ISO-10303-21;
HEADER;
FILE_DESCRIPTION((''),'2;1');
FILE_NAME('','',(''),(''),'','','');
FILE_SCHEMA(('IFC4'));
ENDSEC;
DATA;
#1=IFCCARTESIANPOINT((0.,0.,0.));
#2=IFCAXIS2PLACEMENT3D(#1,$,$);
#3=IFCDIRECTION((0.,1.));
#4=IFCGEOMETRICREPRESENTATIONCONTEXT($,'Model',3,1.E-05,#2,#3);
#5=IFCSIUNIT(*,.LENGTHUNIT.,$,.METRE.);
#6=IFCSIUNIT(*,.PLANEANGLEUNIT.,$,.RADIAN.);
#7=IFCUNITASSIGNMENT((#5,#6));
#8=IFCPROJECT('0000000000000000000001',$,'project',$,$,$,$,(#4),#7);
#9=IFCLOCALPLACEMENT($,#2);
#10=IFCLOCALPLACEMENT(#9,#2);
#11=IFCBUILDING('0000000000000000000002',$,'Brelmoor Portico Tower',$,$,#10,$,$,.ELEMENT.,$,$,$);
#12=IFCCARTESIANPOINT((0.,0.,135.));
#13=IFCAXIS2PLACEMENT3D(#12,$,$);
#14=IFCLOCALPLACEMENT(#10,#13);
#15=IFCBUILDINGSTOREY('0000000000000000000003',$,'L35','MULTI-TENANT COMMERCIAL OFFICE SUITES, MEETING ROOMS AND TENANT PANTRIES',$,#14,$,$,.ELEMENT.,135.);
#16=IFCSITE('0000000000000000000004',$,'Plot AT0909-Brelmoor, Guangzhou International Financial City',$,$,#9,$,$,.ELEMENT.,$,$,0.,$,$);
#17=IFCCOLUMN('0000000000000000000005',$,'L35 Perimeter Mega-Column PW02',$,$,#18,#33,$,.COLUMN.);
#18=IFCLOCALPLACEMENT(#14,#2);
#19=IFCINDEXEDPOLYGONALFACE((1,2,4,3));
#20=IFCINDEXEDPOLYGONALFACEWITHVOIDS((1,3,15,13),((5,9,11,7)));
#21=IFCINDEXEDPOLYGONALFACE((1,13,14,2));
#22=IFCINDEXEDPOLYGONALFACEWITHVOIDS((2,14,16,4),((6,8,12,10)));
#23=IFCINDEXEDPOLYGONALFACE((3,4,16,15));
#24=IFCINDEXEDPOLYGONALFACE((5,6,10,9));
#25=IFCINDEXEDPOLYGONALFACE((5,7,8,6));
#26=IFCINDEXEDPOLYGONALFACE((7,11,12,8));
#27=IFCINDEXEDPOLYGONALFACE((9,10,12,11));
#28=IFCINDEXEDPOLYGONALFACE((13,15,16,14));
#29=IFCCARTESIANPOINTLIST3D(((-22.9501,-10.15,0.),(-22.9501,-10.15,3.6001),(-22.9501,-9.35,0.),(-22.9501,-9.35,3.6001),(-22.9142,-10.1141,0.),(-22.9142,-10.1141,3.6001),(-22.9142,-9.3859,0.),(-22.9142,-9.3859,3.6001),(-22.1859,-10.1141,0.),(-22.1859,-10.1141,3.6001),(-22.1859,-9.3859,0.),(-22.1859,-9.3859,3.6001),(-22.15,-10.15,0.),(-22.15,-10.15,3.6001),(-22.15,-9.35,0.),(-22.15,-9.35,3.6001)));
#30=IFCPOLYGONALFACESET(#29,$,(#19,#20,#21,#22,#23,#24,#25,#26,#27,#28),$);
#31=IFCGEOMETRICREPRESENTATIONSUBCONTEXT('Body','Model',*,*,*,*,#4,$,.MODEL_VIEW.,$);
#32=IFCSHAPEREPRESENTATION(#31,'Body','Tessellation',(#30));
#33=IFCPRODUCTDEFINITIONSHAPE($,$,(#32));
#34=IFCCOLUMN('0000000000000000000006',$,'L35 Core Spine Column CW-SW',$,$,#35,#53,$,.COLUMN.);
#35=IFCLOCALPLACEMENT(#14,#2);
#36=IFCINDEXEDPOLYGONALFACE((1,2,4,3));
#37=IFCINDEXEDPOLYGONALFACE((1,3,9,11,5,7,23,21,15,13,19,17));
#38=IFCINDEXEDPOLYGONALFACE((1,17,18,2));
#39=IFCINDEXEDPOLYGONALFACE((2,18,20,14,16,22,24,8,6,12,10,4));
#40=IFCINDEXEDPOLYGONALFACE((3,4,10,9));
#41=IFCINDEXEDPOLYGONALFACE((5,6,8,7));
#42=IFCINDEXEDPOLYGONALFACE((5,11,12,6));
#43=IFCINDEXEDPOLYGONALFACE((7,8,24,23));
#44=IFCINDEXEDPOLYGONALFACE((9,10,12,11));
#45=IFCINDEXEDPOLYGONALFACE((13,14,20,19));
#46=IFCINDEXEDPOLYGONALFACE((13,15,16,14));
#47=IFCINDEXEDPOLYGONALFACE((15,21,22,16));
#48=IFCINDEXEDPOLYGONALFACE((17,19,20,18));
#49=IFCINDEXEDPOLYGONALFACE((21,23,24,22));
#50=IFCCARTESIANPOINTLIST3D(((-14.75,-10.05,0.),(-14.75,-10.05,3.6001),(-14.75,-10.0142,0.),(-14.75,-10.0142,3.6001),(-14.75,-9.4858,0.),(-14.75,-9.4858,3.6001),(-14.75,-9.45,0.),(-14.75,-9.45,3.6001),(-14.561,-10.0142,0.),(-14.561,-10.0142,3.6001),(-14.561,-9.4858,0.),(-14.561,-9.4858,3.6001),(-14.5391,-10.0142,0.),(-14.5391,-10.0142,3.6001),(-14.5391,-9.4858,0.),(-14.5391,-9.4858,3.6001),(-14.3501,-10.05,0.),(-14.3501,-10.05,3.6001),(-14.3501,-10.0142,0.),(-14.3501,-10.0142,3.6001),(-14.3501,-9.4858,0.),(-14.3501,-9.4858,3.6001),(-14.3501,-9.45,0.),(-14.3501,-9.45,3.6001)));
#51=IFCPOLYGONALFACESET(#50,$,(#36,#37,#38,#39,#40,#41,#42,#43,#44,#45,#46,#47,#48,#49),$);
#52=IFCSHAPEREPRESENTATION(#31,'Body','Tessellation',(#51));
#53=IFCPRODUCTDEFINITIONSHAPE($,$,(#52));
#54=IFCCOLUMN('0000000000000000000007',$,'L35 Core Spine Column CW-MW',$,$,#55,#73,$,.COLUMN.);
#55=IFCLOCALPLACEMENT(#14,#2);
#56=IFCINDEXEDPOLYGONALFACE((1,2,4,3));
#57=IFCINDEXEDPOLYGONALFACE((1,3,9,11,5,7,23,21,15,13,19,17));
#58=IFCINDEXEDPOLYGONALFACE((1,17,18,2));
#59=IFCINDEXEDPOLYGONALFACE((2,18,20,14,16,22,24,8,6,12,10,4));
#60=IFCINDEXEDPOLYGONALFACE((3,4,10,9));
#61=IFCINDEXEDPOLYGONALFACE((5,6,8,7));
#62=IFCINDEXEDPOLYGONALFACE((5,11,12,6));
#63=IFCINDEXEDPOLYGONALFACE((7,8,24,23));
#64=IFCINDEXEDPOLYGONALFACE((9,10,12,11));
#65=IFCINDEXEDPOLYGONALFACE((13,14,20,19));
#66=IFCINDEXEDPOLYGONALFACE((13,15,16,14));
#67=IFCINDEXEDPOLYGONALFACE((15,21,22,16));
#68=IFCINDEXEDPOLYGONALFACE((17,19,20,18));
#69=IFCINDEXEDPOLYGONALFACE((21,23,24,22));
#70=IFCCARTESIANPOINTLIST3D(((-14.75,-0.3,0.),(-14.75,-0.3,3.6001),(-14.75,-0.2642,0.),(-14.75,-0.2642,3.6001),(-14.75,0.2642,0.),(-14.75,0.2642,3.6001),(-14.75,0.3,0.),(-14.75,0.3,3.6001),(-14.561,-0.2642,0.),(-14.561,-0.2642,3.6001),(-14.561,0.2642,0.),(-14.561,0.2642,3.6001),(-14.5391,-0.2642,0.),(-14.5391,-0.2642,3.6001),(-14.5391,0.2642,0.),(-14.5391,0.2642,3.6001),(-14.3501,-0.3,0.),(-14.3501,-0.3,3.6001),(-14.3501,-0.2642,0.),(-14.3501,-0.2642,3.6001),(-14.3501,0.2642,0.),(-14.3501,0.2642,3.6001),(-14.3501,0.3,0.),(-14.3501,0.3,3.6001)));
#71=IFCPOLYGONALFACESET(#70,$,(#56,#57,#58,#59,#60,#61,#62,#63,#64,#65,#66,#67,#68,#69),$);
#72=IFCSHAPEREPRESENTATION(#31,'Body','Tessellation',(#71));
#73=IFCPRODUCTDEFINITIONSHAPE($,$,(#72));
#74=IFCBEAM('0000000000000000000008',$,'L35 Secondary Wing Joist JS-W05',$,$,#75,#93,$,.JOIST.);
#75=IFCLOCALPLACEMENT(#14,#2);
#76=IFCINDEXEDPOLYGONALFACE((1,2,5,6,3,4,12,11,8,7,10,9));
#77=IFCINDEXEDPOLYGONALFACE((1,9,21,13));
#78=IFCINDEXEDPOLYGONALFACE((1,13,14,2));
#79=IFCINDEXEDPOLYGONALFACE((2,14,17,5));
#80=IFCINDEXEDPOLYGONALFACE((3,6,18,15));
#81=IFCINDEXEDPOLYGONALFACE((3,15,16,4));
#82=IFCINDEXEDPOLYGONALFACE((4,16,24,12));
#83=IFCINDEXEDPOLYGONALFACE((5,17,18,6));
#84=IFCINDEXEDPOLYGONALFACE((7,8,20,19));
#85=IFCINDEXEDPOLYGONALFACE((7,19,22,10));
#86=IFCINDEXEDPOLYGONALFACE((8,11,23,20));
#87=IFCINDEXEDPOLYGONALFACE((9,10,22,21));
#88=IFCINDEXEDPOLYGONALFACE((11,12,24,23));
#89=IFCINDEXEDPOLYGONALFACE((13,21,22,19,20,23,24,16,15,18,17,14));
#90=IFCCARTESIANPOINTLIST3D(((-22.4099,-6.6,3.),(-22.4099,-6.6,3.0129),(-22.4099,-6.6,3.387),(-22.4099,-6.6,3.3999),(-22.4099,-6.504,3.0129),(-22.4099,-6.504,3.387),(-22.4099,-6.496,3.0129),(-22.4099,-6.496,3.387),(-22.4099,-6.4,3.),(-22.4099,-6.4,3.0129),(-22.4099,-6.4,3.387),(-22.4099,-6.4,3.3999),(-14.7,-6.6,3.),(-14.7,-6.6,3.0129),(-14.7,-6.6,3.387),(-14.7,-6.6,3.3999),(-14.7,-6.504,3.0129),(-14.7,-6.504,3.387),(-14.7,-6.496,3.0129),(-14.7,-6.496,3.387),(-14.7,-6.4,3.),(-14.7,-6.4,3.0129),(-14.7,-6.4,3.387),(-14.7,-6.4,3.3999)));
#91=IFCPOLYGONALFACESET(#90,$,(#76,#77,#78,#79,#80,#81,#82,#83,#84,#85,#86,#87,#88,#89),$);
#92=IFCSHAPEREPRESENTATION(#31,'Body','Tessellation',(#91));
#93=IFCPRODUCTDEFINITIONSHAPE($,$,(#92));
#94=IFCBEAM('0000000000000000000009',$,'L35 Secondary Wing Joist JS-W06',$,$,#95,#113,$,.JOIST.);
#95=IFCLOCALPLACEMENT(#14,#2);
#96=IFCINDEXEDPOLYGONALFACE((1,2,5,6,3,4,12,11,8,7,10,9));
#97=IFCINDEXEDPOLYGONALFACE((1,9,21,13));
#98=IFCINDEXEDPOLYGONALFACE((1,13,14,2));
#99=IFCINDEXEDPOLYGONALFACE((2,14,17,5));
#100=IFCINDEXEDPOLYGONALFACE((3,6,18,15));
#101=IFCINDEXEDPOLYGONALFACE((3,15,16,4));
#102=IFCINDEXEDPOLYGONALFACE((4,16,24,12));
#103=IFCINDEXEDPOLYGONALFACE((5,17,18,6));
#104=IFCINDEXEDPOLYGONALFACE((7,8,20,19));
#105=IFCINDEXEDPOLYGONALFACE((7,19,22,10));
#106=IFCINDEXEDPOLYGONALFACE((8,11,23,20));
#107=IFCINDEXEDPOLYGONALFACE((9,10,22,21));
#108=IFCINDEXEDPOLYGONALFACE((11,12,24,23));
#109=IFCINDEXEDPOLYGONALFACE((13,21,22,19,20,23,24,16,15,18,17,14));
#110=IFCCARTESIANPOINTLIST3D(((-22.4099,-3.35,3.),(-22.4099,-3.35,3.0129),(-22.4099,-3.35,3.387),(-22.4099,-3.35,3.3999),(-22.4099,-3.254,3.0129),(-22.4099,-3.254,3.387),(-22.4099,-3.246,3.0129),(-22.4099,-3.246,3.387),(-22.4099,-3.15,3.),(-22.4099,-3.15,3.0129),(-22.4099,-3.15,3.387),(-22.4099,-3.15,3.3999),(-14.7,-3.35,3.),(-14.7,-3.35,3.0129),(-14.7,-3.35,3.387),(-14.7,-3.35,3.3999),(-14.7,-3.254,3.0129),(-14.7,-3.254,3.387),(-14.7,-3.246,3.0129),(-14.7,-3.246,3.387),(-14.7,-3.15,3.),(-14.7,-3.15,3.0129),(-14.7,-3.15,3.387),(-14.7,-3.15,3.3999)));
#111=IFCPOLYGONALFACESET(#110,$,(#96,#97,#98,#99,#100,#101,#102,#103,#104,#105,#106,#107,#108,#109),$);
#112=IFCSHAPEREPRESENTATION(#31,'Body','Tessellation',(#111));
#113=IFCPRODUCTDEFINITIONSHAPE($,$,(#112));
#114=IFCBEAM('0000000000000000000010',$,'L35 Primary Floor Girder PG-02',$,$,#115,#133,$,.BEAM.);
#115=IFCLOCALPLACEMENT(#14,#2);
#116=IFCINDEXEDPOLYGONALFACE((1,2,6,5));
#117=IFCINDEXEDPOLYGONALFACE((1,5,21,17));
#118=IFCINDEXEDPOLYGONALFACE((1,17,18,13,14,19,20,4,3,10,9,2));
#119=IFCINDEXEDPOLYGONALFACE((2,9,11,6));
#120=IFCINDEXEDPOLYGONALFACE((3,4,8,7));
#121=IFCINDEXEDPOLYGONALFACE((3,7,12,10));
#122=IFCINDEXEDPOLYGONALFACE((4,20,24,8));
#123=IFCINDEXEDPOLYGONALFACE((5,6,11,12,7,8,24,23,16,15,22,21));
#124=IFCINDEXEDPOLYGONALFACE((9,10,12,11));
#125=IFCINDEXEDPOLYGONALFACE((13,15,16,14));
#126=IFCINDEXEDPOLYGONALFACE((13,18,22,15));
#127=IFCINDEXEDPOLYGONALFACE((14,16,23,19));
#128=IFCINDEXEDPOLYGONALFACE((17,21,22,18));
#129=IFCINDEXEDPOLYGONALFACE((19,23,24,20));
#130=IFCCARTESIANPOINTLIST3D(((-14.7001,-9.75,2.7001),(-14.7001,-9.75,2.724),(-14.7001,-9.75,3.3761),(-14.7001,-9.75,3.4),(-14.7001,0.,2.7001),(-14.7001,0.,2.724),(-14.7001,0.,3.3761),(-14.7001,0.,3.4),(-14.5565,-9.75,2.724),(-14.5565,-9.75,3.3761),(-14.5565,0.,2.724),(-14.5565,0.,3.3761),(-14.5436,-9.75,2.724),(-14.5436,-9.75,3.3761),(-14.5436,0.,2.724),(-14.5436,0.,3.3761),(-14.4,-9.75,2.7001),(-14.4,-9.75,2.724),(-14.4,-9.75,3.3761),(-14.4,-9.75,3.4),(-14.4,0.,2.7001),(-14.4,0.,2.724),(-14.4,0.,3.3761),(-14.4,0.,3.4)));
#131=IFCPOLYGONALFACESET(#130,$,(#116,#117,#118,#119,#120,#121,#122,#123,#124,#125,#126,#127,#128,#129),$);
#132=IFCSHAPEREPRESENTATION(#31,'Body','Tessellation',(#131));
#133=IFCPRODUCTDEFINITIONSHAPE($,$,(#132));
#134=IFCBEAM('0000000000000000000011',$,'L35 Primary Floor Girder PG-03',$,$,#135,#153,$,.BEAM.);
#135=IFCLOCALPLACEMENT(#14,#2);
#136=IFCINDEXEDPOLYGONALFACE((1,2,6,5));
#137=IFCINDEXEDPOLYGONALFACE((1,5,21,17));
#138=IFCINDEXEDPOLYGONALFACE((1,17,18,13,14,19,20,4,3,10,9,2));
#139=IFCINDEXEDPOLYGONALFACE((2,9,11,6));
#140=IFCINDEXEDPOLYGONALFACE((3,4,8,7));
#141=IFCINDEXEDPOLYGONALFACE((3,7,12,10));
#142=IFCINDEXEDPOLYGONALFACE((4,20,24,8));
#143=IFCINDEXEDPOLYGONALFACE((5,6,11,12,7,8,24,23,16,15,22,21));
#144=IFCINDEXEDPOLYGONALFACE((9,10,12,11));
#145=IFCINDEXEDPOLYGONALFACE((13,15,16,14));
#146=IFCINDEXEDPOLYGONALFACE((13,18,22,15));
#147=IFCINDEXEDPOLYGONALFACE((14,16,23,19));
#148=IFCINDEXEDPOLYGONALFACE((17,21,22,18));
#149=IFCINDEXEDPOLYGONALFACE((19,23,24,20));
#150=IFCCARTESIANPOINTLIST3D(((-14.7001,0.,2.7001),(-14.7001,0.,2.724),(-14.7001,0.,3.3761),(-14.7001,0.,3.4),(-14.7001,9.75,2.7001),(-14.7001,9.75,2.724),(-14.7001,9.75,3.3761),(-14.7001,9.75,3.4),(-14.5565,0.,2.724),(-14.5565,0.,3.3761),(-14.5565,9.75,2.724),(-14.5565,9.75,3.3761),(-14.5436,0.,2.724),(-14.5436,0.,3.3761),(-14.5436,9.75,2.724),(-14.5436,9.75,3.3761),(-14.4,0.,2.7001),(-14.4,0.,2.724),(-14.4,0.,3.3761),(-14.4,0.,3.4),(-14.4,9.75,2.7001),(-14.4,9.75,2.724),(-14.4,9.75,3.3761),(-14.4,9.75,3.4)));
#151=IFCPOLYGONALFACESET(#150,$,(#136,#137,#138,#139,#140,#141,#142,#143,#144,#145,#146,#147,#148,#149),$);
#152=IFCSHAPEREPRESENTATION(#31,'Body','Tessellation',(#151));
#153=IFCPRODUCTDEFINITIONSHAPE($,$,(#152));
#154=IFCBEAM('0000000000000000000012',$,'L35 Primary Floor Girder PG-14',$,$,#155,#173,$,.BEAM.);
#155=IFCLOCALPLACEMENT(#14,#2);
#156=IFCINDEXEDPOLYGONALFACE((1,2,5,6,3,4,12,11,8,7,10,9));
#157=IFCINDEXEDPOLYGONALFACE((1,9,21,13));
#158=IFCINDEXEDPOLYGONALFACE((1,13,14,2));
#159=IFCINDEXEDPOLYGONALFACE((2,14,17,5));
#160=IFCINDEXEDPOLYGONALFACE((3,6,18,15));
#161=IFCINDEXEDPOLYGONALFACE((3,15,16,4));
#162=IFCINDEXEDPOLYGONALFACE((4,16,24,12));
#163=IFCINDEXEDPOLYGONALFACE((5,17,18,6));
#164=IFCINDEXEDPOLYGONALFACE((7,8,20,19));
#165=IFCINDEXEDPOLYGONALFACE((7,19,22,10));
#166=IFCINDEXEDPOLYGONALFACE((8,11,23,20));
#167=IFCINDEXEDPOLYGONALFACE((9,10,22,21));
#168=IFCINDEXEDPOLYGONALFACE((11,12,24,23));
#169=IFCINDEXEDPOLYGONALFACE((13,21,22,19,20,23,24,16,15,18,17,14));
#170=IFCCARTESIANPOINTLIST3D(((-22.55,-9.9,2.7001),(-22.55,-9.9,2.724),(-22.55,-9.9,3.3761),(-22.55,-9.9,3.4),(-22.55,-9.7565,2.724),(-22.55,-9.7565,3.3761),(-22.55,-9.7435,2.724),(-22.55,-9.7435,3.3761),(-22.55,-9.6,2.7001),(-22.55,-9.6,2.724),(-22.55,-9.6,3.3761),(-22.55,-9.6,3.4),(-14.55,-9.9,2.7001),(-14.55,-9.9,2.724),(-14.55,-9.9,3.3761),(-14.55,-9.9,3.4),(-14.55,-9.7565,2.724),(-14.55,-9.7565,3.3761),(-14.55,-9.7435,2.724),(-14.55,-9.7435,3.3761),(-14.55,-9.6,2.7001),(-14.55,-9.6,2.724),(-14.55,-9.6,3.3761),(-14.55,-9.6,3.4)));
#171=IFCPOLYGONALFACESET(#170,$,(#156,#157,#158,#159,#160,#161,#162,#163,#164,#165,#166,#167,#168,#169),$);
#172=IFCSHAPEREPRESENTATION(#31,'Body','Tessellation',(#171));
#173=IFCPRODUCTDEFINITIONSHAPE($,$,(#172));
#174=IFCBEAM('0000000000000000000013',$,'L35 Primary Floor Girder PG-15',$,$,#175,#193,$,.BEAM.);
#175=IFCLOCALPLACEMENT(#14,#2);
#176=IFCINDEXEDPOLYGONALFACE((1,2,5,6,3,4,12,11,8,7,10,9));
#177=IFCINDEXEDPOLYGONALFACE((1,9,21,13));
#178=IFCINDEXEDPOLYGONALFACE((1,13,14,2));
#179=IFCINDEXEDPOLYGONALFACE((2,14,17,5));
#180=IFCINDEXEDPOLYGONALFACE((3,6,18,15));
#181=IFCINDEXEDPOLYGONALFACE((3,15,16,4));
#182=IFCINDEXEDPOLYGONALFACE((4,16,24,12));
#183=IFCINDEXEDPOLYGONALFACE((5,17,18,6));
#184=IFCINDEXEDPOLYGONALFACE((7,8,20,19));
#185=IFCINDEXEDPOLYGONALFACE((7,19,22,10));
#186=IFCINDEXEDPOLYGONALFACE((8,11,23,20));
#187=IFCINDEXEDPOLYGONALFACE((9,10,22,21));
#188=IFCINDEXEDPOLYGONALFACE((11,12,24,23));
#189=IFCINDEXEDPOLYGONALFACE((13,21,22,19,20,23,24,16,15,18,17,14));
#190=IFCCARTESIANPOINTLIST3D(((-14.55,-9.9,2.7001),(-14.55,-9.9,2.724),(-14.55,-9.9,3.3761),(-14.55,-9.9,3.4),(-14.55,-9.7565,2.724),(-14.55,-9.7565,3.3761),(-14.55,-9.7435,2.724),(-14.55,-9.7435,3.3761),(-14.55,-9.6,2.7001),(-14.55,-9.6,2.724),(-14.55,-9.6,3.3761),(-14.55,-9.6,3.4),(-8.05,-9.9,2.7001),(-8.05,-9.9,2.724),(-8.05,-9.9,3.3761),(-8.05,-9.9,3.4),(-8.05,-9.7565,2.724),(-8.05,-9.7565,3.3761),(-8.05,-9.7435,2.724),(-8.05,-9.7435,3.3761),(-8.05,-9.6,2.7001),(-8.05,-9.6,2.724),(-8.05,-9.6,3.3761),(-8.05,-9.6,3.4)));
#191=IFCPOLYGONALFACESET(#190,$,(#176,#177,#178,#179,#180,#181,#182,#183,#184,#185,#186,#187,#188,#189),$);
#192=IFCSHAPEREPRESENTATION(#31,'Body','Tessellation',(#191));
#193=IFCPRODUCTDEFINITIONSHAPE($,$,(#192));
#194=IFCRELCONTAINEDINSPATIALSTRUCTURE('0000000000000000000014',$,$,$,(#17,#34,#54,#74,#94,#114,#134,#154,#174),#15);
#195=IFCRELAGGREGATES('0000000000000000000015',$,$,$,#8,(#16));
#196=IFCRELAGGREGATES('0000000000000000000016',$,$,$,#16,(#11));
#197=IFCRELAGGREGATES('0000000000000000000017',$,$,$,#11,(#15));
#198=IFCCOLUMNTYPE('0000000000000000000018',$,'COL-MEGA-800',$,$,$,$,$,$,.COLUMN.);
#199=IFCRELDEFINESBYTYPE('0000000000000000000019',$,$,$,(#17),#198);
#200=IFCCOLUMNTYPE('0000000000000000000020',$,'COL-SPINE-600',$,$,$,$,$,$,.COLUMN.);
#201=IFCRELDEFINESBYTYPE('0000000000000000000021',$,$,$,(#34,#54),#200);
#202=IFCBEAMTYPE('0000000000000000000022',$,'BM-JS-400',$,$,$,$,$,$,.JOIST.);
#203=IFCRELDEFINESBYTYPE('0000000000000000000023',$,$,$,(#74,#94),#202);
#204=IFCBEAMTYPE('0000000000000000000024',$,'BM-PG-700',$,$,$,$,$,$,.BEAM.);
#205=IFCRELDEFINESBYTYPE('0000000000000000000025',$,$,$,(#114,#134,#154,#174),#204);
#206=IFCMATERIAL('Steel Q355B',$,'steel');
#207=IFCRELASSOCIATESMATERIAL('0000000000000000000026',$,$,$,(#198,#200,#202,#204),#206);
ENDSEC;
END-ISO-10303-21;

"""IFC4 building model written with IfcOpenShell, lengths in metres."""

from ifc_helpers import new_model, si_unit, direction, frame, origin, origin_2d, place, context, subcontext, project, spatial, hollow_rectangle, i_section, extrude, material, material_profile, profile_set, type_object, element, save


model = new_model("IFC4")

# Units and contexts
model_context = context("Model", 3, precision=1e-05, world=origin(), true_north=direction((0.0, 1.0)))
body_context = subcontext(model_context, "Body", "Model", "MODEL_VIEW")
ifc_project = project(units=[si_unit("LENGTHUNIT", "METRE"), si_unit("PLANEANGLEUNIT", "RADIAN")], contexts=[model_context])

# Site, building, storey
site_placement = place(None, origin())
site = spatial("IfcSite", under=ifc_project, at=site_placement, Name="Plot AT0909-Brelmoor, Guangzhou International Financial City", CompositionType="ELEMENT", RefElevation=0.0)
building_placement = place(site_placement, origin())
building = spatial("IfcBuilding", under=site, at=building_placement, Name="Brelmoor Portico Tower", CompositionType="ELEMENT")
storey_placement = place(building_placement, frame((0.0, 0.0, 135.0)))
storey = spatial("IfcBuildingStorey", under=building, at=storey_placement, Name="L35", Description="MULTI-TENANT COMMERCIAL OFFICE SUITES, MEETING ROOMS AND TENANT PANTRIES", CompositionType="ELEMENT", Elevation=135.0)

# Columns
ifc_material_1 = material(Name="Steel Q355B", Category="steel")
ifc_material_profile_1 = material_profile(ifc_material_1, hollow_rectangle(XDim=0.8, YDim=0.8, WallThickness=0.0359, at=origin_2d()), Name="BOX 800x800x36")
ifc_profile_set_1 = profile_set([ifc_material_profile_1], Name="Steel Q355B")
column_type_1 = type_object("IfcColumnType", Name="COL-MEGA-800", PredefinedType="COLUMN", material=ifc_profile_set_1)
column_placement = place(storey_placement, frame((-22.55, -9.75, 0.0), z_axis=(0.0, 0.0, 1.0), x_axis=(0.0, 1.0, 0.0)))
element("IfcColumn", 1, at=column_placement, inside=storey, type_object=column_type_1, Name="L35 Perimeter Mega-Column PW02", PredefinedType="COLUMN", context=body_context, shape_type="SweptSolid", body=[
    extrude(hollow_rectangle(XDim=0.8, YDim=0.8, WallThickness=0.0359, at=origin_2d()), origin(), (0.0, 0.0, 1.0), 3.6001),
])
ifc_material_profile_2 = material_profile(ifc_material_1, i_section(OverallWidth=0.3999, OverallDepth=0.6001, WebThickness=0.022, FlangeThickness=0.0359, at=origin_2d()), Name="HW 600x400x22x36")
ifc_profile_set_2 = profile_set([ifc_material_profile_2], Name="Steel Q355B")
column_type_2 = type_object("IfcColumnType", Name="COL-SPINE-600", PredefinedType="COLUMN", material=ifc_profile_set_2)
for number, where, z_axis, x_axis, name in (
    (2, (-14.55, -9.75, 0.0), (0.0, 0.0, 1.0), (1.0, 0.0, 0.0), "L35 Core Spine Column CW-SW"),
    (3, (-14.55, 0.0, 0.0), (0.0, 0.0, 1.0), (1.0, 0.0, 0.0), "L35 Core Spine Column CW-MW"),
):
    element("IfcColumn", number, at=place(storey_placement, frame(where, z_axis=z_axis, x_axis=x_axis)), inside=storey, type_object=column_type_2, Name=name, PredefinedType="COLUMN", context=body_context, shape_type="SweptSolid", body=[
        extrude(i_section(OverallWidth=0.3999, OverallDepth=0.6001, WebThickness=0.022, FlangeThickness=0.0359, at=origin_2d()), origin(), (0.0, 0.0, 1.0), 3.6001),
    ])

# Beams
ifc_material_profile_3 = material_profile(ifc_material_1, i_section(OverallWidth=0.2, OverallDepth=0.3999, WebThickness=0.0081, FlangeThickness=0.0129, at=origin_2d()), Name="HN 400x200x8x13")
ifc_profile_set_3 = profile_set([ifc_material_profile_3], Name="Steel Q355B")
beam_type_1 = type_object("IfcBeamType", Name="BM-JS-400", PredefinedType="JOIST", material=ifc_profile_set_3)
for number, where, z_axis, x_axis, name in (
    (4, (-22.4099, -6.5, 3.2), (1.0, 0.0, 0.0), (0.0, 1.0, 0.0), "L35 Secondary Wing Joist JS-W05"),
    (5, (-22.4099, -3.25, 3.2), (1.0, 0.0, 0.0), (0.0, 1.0, 0.0), "L35 Secondary Wing Joist JS-W06"),
):
    element("IfcBeam", number, at=place(storey_placement, frame(where, z_axis=z_axis, x_axis=x_axis)), inside=storey, type_object=beam_type_1, Name=name, PredefinedType="JOIST", context=body_context, shape_type="SweptSolid", body=[
        extrude(i_section(OverallWidth=0.2, OverallDepth=0.3999, WebThickness=0.0081, FlangeThickness=0.0129, at=origin_2d()), origin(), (0.0, 0.0, 1.0), 7.71),
    ])
ifc_material_profile_4 = material_profile(ifc_material_1, i_section(OverallWidth=0.3, OverallDepth=0.7, WebThickness=0.0129, FlangeThickness=0.0239, at=origin_2d()), Name="HN 700x300x13x24")
ifc_profile_set_4 = profile_set([ifc_material_profile_4], Name="Steel Q355B")
beam_type_2 = type_object("IfcBeamType", Name="BM-PG-700", PredefinedType="BEAM", material=ifc_profile_set_4)
for number, where, z_axis, x_axis, name in (
    (6, (-14.55, -9.75, 3.05), (0.0, 1.0, 0.0), (-1.0, 0.0, 0.0), "L35 Primary Floor Girder PG-02"),
    (7, (-14.55, 0.0, 3.05), (0.0, 1.0, 0.0), (-1.0, 0.0, 0.0), "L35 Primary Floor Girder PG-03"),
):
    element("IfcBeam", number, at=place(storey_placement, frame(where, z_axis=z_axis, x_axis=x_axis)), inside=storey, type_object=beam_type_2, Name=name, PredefinedType="BEAM", context=body_context, shape_type="SweptSolid", body=[
        extrude(i_section(OverallWidth=0.3, OverallDepth=0.7, WebThickness=0.0129, FlangeThickness=0.0239, at=origin_2d()), origin(), (0.0, 0.0, 1.0), 9.75),
    ])
beam_1_placement = place(storey_placement, frame((-22.55, -9.75, 3.05), z_axis=(1.0, 0.0, 0.0), x_axis=(0.0, 1.0, 0.0)))
element("IfcBeam", 8, at=beam_1_placement, inside=storey, type_object=beam_type_2, Name="L35 Primary Floor Girder PG-14", PredefinedType="BEAM", context=body_context, shape_type="SweptSolid", body=[
    extrude(i_section(OverallWidth=0.3, OverallDepth=0.7, WebThickness=0.0129, FlangeThickness=0.0239, at=origin_2d()), origin(), (0.0, 0.0, 1.0), 8.0),
])
beam_2_placement = place(storey_placement, frame((-14.55, -9.75, 3.05), z_axis=(1.0, 0.0, 0.0), x_axis=(0.0, 1.0, 0.0)))
element("IfcBeam", 9, at=beam_2_placement, inside=storey, type_object=beam_type_2, Name="L35 Primary Floor Girder PG-15", PredefinedType="BEAM", context=body_context, shape_type="SweptSolid", body=[
    extrude(i_section(OverallWidth=0.3, OverallDepth=0.7, WebThickness=0.0129, FlangeThickness=0.0239, at=origin_2d()), origin(), (0.0, 0.0, 1.0), 6.5),
])

save(model, "model.ifc")
